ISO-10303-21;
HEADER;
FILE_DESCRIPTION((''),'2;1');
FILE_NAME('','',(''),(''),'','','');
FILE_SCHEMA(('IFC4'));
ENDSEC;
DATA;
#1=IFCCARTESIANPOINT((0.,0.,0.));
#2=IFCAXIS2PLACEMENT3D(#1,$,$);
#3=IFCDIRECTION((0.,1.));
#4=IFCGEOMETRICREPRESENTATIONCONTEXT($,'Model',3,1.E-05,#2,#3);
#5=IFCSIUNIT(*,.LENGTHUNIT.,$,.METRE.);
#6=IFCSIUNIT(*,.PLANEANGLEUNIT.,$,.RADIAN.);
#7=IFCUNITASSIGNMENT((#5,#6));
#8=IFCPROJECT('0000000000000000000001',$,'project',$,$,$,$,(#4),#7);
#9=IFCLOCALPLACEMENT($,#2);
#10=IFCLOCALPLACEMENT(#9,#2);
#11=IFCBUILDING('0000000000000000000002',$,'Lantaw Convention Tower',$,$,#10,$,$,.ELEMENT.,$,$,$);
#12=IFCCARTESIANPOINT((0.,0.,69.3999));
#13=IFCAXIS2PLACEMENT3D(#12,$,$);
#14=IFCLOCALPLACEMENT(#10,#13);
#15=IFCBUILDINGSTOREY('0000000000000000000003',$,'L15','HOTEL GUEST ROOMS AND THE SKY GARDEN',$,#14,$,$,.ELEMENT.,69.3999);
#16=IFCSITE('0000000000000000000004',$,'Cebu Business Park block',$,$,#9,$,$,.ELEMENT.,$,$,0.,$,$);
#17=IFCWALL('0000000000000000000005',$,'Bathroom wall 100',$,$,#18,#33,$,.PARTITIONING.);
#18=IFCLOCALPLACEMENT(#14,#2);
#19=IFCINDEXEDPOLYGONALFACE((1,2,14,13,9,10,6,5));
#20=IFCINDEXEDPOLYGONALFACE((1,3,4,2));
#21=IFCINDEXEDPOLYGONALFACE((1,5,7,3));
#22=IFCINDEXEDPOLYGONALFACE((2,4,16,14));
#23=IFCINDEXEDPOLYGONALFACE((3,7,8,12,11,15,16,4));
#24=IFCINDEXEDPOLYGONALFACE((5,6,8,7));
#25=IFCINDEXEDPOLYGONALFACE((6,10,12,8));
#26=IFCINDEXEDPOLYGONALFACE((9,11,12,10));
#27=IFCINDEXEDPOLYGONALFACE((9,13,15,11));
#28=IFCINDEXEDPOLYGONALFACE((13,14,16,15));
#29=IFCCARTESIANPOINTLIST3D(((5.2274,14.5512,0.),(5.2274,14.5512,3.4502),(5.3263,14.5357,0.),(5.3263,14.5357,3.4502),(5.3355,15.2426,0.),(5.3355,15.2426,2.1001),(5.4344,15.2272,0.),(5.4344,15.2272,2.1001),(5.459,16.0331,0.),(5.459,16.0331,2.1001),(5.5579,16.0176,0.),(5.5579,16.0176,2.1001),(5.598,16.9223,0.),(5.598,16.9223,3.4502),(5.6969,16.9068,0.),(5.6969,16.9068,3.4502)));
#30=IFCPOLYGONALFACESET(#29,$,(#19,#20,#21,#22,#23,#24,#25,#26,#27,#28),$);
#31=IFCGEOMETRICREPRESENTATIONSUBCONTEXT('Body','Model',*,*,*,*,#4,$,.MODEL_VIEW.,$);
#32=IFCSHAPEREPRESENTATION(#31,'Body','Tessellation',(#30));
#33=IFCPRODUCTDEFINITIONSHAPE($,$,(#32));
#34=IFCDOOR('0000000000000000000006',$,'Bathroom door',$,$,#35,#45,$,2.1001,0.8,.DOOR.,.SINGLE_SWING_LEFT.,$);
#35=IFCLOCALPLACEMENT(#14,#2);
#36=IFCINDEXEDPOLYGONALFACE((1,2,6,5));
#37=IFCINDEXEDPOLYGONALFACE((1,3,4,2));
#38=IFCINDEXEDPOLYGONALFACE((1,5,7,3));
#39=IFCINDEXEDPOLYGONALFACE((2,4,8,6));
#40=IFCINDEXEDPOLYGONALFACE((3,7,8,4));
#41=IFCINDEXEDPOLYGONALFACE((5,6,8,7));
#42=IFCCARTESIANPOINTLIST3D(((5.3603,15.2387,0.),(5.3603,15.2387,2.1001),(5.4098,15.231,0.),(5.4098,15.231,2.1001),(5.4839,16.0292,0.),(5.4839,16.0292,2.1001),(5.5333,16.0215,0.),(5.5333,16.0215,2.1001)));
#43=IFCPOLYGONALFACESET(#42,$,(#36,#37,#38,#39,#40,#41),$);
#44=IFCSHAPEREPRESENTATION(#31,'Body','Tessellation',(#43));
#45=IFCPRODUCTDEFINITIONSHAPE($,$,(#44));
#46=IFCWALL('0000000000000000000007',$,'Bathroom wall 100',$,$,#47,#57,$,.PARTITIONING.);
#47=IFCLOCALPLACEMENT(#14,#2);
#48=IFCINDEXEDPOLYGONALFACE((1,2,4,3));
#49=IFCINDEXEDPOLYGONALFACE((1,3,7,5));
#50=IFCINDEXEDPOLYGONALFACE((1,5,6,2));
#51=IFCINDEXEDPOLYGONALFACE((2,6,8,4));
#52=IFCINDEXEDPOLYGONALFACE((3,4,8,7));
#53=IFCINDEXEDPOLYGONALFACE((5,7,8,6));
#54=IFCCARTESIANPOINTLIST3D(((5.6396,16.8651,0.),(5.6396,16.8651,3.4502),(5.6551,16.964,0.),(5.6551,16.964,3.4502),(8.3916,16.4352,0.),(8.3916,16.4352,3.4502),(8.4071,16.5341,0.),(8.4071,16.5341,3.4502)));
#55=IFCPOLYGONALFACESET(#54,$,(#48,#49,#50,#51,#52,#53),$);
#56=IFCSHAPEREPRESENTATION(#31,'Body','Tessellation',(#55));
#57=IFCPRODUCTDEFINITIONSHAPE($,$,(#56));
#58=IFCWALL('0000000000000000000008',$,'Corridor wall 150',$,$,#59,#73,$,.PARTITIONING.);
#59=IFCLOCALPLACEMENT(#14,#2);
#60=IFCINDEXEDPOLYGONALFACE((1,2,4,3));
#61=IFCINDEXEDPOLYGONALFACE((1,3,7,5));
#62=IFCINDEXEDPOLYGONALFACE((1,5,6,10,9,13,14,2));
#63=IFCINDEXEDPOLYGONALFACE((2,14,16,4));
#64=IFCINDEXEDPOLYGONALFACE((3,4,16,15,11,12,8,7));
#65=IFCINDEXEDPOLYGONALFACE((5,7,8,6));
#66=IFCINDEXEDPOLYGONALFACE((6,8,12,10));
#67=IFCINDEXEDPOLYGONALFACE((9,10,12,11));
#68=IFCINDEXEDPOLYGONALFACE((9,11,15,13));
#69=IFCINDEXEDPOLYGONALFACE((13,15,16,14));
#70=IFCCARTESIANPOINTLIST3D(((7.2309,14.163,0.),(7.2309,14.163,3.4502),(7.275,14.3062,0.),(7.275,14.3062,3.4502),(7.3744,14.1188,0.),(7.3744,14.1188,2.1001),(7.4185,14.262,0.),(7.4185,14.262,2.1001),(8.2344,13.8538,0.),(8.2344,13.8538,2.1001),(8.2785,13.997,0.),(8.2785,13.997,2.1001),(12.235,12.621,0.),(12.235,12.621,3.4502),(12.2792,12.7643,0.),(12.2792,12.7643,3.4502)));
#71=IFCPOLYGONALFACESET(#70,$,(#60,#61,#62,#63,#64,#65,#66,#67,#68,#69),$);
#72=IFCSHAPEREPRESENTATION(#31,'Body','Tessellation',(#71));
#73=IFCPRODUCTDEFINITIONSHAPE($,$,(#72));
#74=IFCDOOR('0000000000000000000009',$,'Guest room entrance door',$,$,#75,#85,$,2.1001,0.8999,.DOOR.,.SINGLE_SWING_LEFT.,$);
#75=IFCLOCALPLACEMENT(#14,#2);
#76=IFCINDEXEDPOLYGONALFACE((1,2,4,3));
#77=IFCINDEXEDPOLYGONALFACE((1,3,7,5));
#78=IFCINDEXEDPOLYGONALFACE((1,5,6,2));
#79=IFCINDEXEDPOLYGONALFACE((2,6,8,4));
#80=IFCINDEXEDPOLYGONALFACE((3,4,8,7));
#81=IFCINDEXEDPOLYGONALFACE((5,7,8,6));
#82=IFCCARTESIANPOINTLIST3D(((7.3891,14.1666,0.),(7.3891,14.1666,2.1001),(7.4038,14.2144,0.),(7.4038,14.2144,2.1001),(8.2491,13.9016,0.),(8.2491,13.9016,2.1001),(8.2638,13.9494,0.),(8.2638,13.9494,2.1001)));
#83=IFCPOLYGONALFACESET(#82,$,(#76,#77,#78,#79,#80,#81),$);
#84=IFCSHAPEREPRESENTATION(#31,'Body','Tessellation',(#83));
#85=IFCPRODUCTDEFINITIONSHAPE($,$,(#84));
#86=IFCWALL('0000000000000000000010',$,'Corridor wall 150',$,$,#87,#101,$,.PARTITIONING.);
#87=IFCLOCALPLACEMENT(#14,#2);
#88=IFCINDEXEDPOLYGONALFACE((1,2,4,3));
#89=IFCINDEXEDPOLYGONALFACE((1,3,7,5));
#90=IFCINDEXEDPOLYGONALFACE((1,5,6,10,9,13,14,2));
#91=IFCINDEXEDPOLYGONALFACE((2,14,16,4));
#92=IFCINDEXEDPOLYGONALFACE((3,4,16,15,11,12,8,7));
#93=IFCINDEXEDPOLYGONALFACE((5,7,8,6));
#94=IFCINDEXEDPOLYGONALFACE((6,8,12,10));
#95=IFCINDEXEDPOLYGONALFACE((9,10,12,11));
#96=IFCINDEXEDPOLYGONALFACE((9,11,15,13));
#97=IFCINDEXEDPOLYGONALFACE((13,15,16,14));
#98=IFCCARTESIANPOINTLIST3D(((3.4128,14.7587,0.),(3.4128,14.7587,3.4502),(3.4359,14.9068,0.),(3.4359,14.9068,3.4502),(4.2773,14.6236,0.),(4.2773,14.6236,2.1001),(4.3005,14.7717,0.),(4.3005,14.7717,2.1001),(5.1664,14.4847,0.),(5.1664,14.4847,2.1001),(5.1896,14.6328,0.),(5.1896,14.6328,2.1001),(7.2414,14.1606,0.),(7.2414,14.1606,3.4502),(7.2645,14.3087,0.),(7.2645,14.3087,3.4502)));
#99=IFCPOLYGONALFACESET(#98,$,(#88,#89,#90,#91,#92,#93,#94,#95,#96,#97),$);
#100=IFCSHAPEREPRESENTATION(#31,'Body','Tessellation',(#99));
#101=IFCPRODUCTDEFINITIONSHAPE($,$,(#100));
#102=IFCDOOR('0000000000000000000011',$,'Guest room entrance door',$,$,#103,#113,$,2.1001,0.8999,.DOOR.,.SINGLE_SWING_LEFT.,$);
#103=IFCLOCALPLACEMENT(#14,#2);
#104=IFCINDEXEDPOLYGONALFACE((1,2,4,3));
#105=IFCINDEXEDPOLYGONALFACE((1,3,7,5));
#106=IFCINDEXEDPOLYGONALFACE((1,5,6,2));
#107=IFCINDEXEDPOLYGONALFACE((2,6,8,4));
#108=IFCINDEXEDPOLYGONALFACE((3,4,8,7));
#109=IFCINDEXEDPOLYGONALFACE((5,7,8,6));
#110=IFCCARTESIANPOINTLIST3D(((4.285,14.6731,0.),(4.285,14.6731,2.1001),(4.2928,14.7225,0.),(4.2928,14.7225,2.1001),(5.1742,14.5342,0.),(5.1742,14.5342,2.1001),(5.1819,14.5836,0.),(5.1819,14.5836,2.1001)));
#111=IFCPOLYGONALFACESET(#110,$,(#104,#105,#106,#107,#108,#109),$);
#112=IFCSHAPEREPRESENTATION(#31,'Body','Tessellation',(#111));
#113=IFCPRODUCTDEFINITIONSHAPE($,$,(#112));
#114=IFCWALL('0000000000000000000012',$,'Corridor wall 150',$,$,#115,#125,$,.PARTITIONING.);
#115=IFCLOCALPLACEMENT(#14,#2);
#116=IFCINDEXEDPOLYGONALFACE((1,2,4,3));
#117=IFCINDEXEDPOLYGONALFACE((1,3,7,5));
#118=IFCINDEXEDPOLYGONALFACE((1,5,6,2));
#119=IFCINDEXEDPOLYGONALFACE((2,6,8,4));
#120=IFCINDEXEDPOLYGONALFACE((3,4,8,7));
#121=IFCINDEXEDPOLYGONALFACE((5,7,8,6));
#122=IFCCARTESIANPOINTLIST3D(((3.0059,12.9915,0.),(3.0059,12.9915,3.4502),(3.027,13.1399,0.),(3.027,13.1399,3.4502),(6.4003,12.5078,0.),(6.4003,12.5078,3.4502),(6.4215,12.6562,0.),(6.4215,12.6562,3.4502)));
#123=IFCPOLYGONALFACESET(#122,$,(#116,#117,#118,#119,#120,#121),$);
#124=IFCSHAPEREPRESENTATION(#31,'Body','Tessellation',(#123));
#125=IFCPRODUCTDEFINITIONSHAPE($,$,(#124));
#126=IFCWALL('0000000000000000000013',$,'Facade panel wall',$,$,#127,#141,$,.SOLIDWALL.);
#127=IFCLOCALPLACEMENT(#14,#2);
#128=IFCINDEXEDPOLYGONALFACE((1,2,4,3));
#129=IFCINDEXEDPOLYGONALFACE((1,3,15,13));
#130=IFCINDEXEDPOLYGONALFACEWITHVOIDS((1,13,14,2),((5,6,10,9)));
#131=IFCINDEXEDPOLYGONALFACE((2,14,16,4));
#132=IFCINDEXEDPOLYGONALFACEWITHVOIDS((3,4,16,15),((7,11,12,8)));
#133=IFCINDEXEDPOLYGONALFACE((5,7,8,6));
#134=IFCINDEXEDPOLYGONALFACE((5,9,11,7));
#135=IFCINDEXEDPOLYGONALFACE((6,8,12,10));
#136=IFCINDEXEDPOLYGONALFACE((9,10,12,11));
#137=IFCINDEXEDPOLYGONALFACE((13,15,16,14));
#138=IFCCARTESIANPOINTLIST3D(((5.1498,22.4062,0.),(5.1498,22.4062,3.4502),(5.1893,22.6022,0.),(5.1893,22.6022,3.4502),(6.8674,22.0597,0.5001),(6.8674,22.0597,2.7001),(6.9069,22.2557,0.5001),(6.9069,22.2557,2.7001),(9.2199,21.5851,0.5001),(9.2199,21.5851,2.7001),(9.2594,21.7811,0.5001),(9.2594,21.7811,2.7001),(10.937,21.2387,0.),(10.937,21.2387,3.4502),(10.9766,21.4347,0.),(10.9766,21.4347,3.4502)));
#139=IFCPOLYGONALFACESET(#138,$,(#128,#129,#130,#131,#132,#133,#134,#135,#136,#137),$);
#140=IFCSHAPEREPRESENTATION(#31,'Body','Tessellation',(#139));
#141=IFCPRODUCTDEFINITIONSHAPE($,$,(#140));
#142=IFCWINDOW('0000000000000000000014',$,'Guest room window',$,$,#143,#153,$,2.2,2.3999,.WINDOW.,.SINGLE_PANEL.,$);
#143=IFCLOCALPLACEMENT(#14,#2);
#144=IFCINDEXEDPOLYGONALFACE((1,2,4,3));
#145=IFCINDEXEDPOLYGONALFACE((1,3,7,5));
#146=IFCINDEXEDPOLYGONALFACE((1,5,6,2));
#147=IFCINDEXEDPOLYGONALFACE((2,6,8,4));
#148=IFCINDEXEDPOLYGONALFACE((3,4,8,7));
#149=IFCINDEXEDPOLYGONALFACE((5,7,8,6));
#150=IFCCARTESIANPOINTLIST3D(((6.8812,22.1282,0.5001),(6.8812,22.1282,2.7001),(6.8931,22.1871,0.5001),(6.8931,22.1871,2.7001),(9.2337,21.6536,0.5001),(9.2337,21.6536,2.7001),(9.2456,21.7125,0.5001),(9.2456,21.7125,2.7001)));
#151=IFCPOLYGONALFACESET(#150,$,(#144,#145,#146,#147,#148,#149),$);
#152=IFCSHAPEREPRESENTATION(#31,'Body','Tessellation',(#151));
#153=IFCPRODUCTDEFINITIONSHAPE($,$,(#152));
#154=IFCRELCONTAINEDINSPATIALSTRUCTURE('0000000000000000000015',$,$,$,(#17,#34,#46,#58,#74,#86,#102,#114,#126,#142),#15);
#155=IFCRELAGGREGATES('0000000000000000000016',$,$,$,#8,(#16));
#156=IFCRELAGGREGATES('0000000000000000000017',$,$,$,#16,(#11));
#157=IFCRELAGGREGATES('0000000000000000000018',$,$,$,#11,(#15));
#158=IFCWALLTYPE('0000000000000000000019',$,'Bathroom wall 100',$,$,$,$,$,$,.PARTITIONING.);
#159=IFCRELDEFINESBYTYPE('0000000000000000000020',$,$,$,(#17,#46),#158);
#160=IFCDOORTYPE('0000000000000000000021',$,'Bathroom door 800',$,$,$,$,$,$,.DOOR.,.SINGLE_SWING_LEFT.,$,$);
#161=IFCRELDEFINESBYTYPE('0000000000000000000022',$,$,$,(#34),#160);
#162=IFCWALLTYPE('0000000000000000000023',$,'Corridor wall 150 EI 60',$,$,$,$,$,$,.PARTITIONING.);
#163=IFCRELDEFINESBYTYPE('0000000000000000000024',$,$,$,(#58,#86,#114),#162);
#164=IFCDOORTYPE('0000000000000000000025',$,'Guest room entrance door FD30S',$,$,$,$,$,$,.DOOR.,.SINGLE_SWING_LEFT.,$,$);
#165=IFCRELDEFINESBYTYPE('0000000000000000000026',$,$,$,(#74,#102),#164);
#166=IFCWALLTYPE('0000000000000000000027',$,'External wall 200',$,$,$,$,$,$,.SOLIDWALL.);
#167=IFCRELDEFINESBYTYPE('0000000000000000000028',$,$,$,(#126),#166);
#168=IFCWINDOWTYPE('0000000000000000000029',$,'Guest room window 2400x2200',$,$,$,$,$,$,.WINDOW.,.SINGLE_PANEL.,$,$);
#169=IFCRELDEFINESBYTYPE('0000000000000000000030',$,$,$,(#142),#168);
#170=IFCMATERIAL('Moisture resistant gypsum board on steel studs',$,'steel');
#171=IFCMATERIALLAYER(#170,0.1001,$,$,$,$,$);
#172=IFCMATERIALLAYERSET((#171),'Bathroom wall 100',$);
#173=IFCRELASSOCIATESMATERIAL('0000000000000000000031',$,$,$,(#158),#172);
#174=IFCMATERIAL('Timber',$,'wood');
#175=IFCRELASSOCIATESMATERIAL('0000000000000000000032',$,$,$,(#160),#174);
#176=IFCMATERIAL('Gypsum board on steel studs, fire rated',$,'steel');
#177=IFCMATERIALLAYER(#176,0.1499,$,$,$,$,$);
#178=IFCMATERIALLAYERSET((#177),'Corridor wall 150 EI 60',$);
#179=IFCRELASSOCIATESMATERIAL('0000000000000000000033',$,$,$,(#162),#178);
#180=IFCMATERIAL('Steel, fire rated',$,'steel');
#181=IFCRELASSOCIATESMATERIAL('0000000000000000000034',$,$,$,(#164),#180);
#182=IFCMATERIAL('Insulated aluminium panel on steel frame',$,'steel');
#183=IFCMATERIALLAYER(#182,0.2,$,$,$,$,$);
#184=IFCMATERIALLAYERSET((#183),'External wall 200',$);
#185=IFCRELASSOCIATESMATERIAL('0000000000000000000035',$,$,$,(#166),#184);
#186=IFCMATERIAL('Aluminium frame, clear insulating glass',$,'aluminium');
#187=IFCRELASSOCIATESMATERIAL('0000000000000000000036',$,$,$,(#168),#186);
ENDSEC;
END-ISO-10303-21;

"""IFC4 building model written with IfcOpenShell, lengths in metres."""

from ifc_helpers import new_model, si_unit, direction, frame, frame_2d, origin, place, context, subcontext, project, spatial, rectangle, extrude, material, layer, layer_set, type_object, element, fill, save


model = new_model("IFC4")

# Units and contexts
model_context = context("Model", 3, precision=1e-05, world=origin(), true_north=direction((0.0, 1.0)))
body_context = subcontext(model_context, "Body", "Model", "MODEL_VIEW")
ifc_project = project(units=[si_unit("LENGTHUNIT", "METRE"), si_unit("PLANEANGLEUNIT", "RADIAN")], contexts=[model_context])

# Site, building, storey
site_placement = place(None, origin())
site = spatial("IfcSite", under=ifc_project, at=site_placement, Name="Cebu Business Park block", CompositionType="ELEMENT", RefElevation=0.0)
building_placement = place(site_placement, origin())
building = spatial("IfcBuilding", under=site, at=building_placement, Name="Lantaw Convention Tower", CompositionType="ELEMENT")
storey_placement = place(building_placement, frame((0.0, 0.0, 69.3999)))
storey = spatial("IfcBuildingStorey", under=building, at=storey_placement, Name="L15", Description="HOTEL GUEST ROOMS AND THE SKY GARDEN", CompositionType="ELEMENT", Elevation=69.3999)

# Shared definitions
ifc_material_1 = material(Name="Moisture resistant gypsum board on steel studs", Category="steel")
ifc_layer_1 = layer(ifc_material_1, 0.1001)
ifc_layer_set_1 = layer_set([ifc_layer_1], Name="Bathroom wall 100")
wall_type_1 = type_object("IfcWallType", Name="Bathroom wall 100", PredefinedType="PARTITIONING", material=ifc_layer_set_1)
ifc_material_2 = material(Name="Timber", Category="wood")
door_type_1 = type_object("IfcDoorType", Name="Bathroom door 800", OperationType="SINGLE_SWING_LEFT", PredefinedType="DOOR", material=ifc_material_2)

# Wall, opening, door
wall_1_placement = place(storey_placement, frame((5.2769, 14.5435, 0.0), z_axis=(0.0, 0.0, 1.0), x_axis=(0.154427, 0.988004, 0.0)))
wall_1 = element("IfcWall", 1, at=wall_1_placement, inside=storey, type_object=wall_type_1, Name="Bathroom wall 100", PredefinedType="PARTITIONING", context=body_context, shape_type="SweptSolid", body=[
    extrude(rectangle(XDim=2.3999, YDim=0.1001, at=frame_2d((1.2, 0.0))), origin(), (0.0, 0.0, 1.0), 3.4502),
])
opening_1_placement = place(wall_1_placement, frame((0.7, 0.0, 0.0)))
opening_1 = element("IfcOpeningElement", 2, at=opening_1_placement, cuts=wall_1, PredefinedType="OPENING", context=body_context, shape_type="SweptSolid", body=[
    extrude(rectangle(XDim=0.8, YDim=2.1001, at=frame_2d((0.3999, 1.05))), frame((0.0, 0.0601, 0.0), z_axis=(0.0, -1.0, 0.0), x_axis=(1.0, 0.0, 0.0)), (0.0, 0.0, 1.0), 0.1201),
])
door_1_placement = place(opening_1_placement, origin())
door_1 = element("IfcDoor", 3, at=door_1_placement, inside=storey, type_object=door_type_1, Name="Bathroom door", OperationType="SINGLE_SWING_LEFT", OverallHeight=2.1001, OverallWidth=0.8, PredefinedType="DOOR", context=body_context, shape_type="SweptSolid", body=[
    extrude(rectangle(XDim=0.8, YDim=2.1001, at=frame_2d((0.3999, 1.05))), frame((0.0, 0.0249, 0.0), z_axis=(0.0, -1.0, 0.0), x_axis=(1.0, 0.0, 0.0)), (0.0, 0.0, 1.0), 0.05),
])
fill(opening_1, door_1)

# Wall
wall_2_placement = place(storey_placement, frame((5.6475, 16.9146, 0.0), z_axis=(0.0, 0.0, 1.0), x_axis=(0.988015, -0.154355, 0.0)))
element("IfcWall", 4, at=wall_2_placement, inside=storey, type_object=wall_type_1, Name="Bathroom wall 100", PredefinedType="PARTITIONING", context=body_context, shape_type="SweptSolid", body=[
    extrude(rectangle(XDim=2.7854, YDim=0.1001, at=frame_2d((1.3926, 0.0))), origin(), (0.0, 0.0, 1.0), 3.4502),
])

# Walls, openings, doors
ifc_material_3 = material(Name="Gypsum board on steel studs, fire rated", Category="steel")
ifc_layer_2 = layer(ifc_material_3, 0.1499)
ifc_layer_set_2 = layer_set([ifc_layer_2], Name="Corridor wall 150 EI 60")
wall_type_2 = type_object("IfcWallType", Name="Corridor wall 150 EI 60", PredefinedType="PARTITIONING", material=ifc_layer_set_2)
wall_3_placement = place(storey_placement, frame((12.2571, 12.6926, 0.0), z_axis=(0.0, 0.0, 1.0), x_axis=(-0.955658, 0.294479, 0.0)))
wall_3 = element("IfcWall", 5, at=wall_3_placement, inside=storey, type_object=wall_type_2, Name="Corridor wall 150", PredefinedType="PARTITIONING", context=body_context, shape_type="SweptSolid", body=[
    extrude(rectangle(XDim=5.2363, YDim=0.1499, at=frame_2d((2.6182, 0.0))), origin(), (0.0, 0.0, 1.0), 3.4502),
])
opening_2_placement = place(wall_3_placement, frame((4.1863, 0.0, 0.0)))
opening_2 = element("IfcOpeningElement", 6, at=opening_2_placement, cuts=wall_3, PredefinedType="OPENING", context=body_context, shape_type="SweptSolid", body=[
    extrude(rectangle(XDim=0.8999, YDim=2.1001, at=frame_2d((0.45, 1.05))), frame((0.0, 0.085, 0.0), z_axis=(0.0, -1.0, 0.0), x_axis=(1.0, 0.0, 0.0)), (0.0, 0.0, 1.0), 0.1699),
])
ifc_material_4 = material(Name="Steel, fire rated", Category="steel")
door_type_2 = type_object("IfcDoorType", Name="Guest room entrance door FD30S", OperationType="SINGLE_SWING_LEFT", PredefinedType="DOOR", material=ifc_material_4)
door_2_placement = place(opening_2_placement, origin())
door_2 = element("IfcDoor", 7, at=door_2_placement, inside=storey, type_object=door_type_2, Name="Guest room entrance door", OperationType="SINGLE_SWING_LEFT", OverallHeight=2.1001, OverallWidth=0.8999, PredefinedType="DOOR", context=body_context, shape_type="SweptSolid", body=[
    extrude(rectangle(XDim=0.8999, YDim=2.1001, at=frame_2d((0.45, 1.05))), frame((0.0, 0.0249, 0.0), z_axis=(0.0, -1.0, 0.0), x_axis=(1.0, 0.0, 0.0)), (0.0, 0.0, 1.0), 0.05),
])
fill(opening_2, door_2)
wall_4_placement = place(storey_placement, frame((7.2529, 14.2346, 0.0), z_axis=(0.0, 0.0, 1.0), x_axis=(-0.988015, 0.154358, 0.0)))
wall_4 = element("IfcWall", 8, at=wall_4_placement, inside=storey, type_object=wall_type_2, Name="Corridor wall 150", PredefinedType="PARTITIONING", context=body_context, shape_type="SweptSolid", body=[
    extrude(rectangle(XDim=3.875, YDim=0.1499, at=frame_2d((1.9375, 0.0))), origin(), (0.0, 0.0, 1.0), 3.4502),
])
opening_3_placement = place(wall_4_placement, frame((2.1001, 0.0, 0.0)))
opening_3 = element("IfcOpeningElement", 9, at=opening_3_placement, cuts=wall_4, PredefinedType="OPENING", context=body_context, shape_type="SweptSolid", body=[
    extrude(rectangle(XDim=0.8999, YDim=2.1001, at=frame_2d((0.45, 1.05))), frame((0.0, 0.085, 0.0), z_axis=(0.0, -1.0, 0.0), x_axis=(1.0, 0.0, 0.0)), (0.0, 0.0, 1.0), 0.1699),
])
door_3_placement = place(opening_3_placement, origin())
door_3 = element("IfcDoor", 10, at=door_3_placement, inside=storey, type_object=door_type_2, Name="Guest room entrance door", OperationType="SINGLE_SWING_LEFT", OverallHeight=2.1001, OverallWidth=0.8999, PredefinedType="DOOR", context=body_context, shape_type="SweptSolid", body=[
    extrude(rectangle(XDim=0.8999, YDim=2.1001, at=frame_2d((0.45, 1.05))), frame((0.0, 0.0249, 0.0), z_axis=(0.0, -1.0, 0.0), x_axis=(1.0, 0.0, 0.0)), (0.0, 0.0, 1.0), 0.05),
])
fill(opening_3, door_3)

# Wall
wall_5_placement = place(storey_placement, frame((6.4109, 12.582, 0.0), z_axis=(0.0, 0.0, 1.0), x_axis=(-0.990002, 0.141053, 0.0)))
element("IfcWall", 11, at=wall_5_placement, inside=storey, type_object=wall_type_2, Name="Corridor wall 150", PredefinedType="PARTITIONING", context=body_context, shape_type="SweptSolid", body=[
    extrude(rectangle(XDim=3.4287, YDim=0.1499, at=frame_2d((1.7144, 0.0))), origin(), (0.0, 0.0, 1.0), 3.4502),
])

# Wall, opening, window
ifc_material_5 = material(Name="Insulated aluminium panel on steel frame", Category="steel")
ifc_layer_3 = layer(ifc_material_5, 0.2)
ifc_layer_set_3 = layer_set([ifc_layer_3], Name="External wall 200")
wall_type_3 = type_object("IfcWallType", Name="External wall 200", PredefinedType="SOLIDWALL", material=ifc_layer_set_3)
wall_6_placement = place(storey_placement, frame((10.9568, 21.3367, 0.0), z_axis=(0.0, 0.0, 1.0), x_axis=(-0.980252, 0.197754, 0.0)))
wall_6 = element("IfcWall", 12, at=wall_6_placement, inside=storey, type_object=wall_type_3, Name="Facade panel wall", PredefinedType="SOLIDWALL", context=body_context, shape_type="SweptSolid", body=[
    extrude(rectangle(XDim=5.9038, YDim=0.2, at=frame_2d((2.9519, 0.0))), origin(), (0.0, 0.0, 1.0), 3.4502),
])
opening_4_placement = place(wall_6_placement, frame((1.7517, 0.0, 0.5)))
opening_4 = element("IfcOpeningElement", 13, at=opening_4_placement, cuts=wall_6, PredefinedType="OPENING", context=body_context, shape_type="SweptSolid", body=[
    extrude(rectangle(XDim=2.3999, YDim=2.2, at=frame_2d((1.2, 1.1001))), frame((0.0, 0.1099, 0.0), z_axis=(0.0, -1.0, 0.0), x_axis=(1.0, 0.0, 0.0)), (0.0, 0.0, 1.0), 0.22),
])
ifc_material_6 = material(Name="Aluminium frame, clear insulating glass", Category="aluminium")
window_type = type_object("IfcWindowType", Name="Guest room window 2400x2200", PartitioningType="SINGLE_PANEL", PredefinedType="WINDOW", material=ifc_material_6)
window_1_placement = place(opening_4_placement, origin())
window_1 = element("IfcWindow", 14, at=window_1_placement, inside=storey, type_object=window_type, Name="Guest room window", OverallHeight=2.2, OverallWidth=2.3999, PartitioningType="SINGLE_PANEL", PredefinedType="WINDOW", context=body_context, shape_type="SweptSolid", body=[
    extrude(rectangle(XDim=2.3999, YDim=2.2, at=frame_2d((1.2, 1.1001))), frame((0.0, 0.03, 0.0), z_axis=(0.0, -1.0, 0.0), x_axis=(1.0, 0.0, 0.0)), (0.0, 0.0, 1.0), 0.0601),
])
fill(opening_4, window_1)

save(model, "model.ifc")
